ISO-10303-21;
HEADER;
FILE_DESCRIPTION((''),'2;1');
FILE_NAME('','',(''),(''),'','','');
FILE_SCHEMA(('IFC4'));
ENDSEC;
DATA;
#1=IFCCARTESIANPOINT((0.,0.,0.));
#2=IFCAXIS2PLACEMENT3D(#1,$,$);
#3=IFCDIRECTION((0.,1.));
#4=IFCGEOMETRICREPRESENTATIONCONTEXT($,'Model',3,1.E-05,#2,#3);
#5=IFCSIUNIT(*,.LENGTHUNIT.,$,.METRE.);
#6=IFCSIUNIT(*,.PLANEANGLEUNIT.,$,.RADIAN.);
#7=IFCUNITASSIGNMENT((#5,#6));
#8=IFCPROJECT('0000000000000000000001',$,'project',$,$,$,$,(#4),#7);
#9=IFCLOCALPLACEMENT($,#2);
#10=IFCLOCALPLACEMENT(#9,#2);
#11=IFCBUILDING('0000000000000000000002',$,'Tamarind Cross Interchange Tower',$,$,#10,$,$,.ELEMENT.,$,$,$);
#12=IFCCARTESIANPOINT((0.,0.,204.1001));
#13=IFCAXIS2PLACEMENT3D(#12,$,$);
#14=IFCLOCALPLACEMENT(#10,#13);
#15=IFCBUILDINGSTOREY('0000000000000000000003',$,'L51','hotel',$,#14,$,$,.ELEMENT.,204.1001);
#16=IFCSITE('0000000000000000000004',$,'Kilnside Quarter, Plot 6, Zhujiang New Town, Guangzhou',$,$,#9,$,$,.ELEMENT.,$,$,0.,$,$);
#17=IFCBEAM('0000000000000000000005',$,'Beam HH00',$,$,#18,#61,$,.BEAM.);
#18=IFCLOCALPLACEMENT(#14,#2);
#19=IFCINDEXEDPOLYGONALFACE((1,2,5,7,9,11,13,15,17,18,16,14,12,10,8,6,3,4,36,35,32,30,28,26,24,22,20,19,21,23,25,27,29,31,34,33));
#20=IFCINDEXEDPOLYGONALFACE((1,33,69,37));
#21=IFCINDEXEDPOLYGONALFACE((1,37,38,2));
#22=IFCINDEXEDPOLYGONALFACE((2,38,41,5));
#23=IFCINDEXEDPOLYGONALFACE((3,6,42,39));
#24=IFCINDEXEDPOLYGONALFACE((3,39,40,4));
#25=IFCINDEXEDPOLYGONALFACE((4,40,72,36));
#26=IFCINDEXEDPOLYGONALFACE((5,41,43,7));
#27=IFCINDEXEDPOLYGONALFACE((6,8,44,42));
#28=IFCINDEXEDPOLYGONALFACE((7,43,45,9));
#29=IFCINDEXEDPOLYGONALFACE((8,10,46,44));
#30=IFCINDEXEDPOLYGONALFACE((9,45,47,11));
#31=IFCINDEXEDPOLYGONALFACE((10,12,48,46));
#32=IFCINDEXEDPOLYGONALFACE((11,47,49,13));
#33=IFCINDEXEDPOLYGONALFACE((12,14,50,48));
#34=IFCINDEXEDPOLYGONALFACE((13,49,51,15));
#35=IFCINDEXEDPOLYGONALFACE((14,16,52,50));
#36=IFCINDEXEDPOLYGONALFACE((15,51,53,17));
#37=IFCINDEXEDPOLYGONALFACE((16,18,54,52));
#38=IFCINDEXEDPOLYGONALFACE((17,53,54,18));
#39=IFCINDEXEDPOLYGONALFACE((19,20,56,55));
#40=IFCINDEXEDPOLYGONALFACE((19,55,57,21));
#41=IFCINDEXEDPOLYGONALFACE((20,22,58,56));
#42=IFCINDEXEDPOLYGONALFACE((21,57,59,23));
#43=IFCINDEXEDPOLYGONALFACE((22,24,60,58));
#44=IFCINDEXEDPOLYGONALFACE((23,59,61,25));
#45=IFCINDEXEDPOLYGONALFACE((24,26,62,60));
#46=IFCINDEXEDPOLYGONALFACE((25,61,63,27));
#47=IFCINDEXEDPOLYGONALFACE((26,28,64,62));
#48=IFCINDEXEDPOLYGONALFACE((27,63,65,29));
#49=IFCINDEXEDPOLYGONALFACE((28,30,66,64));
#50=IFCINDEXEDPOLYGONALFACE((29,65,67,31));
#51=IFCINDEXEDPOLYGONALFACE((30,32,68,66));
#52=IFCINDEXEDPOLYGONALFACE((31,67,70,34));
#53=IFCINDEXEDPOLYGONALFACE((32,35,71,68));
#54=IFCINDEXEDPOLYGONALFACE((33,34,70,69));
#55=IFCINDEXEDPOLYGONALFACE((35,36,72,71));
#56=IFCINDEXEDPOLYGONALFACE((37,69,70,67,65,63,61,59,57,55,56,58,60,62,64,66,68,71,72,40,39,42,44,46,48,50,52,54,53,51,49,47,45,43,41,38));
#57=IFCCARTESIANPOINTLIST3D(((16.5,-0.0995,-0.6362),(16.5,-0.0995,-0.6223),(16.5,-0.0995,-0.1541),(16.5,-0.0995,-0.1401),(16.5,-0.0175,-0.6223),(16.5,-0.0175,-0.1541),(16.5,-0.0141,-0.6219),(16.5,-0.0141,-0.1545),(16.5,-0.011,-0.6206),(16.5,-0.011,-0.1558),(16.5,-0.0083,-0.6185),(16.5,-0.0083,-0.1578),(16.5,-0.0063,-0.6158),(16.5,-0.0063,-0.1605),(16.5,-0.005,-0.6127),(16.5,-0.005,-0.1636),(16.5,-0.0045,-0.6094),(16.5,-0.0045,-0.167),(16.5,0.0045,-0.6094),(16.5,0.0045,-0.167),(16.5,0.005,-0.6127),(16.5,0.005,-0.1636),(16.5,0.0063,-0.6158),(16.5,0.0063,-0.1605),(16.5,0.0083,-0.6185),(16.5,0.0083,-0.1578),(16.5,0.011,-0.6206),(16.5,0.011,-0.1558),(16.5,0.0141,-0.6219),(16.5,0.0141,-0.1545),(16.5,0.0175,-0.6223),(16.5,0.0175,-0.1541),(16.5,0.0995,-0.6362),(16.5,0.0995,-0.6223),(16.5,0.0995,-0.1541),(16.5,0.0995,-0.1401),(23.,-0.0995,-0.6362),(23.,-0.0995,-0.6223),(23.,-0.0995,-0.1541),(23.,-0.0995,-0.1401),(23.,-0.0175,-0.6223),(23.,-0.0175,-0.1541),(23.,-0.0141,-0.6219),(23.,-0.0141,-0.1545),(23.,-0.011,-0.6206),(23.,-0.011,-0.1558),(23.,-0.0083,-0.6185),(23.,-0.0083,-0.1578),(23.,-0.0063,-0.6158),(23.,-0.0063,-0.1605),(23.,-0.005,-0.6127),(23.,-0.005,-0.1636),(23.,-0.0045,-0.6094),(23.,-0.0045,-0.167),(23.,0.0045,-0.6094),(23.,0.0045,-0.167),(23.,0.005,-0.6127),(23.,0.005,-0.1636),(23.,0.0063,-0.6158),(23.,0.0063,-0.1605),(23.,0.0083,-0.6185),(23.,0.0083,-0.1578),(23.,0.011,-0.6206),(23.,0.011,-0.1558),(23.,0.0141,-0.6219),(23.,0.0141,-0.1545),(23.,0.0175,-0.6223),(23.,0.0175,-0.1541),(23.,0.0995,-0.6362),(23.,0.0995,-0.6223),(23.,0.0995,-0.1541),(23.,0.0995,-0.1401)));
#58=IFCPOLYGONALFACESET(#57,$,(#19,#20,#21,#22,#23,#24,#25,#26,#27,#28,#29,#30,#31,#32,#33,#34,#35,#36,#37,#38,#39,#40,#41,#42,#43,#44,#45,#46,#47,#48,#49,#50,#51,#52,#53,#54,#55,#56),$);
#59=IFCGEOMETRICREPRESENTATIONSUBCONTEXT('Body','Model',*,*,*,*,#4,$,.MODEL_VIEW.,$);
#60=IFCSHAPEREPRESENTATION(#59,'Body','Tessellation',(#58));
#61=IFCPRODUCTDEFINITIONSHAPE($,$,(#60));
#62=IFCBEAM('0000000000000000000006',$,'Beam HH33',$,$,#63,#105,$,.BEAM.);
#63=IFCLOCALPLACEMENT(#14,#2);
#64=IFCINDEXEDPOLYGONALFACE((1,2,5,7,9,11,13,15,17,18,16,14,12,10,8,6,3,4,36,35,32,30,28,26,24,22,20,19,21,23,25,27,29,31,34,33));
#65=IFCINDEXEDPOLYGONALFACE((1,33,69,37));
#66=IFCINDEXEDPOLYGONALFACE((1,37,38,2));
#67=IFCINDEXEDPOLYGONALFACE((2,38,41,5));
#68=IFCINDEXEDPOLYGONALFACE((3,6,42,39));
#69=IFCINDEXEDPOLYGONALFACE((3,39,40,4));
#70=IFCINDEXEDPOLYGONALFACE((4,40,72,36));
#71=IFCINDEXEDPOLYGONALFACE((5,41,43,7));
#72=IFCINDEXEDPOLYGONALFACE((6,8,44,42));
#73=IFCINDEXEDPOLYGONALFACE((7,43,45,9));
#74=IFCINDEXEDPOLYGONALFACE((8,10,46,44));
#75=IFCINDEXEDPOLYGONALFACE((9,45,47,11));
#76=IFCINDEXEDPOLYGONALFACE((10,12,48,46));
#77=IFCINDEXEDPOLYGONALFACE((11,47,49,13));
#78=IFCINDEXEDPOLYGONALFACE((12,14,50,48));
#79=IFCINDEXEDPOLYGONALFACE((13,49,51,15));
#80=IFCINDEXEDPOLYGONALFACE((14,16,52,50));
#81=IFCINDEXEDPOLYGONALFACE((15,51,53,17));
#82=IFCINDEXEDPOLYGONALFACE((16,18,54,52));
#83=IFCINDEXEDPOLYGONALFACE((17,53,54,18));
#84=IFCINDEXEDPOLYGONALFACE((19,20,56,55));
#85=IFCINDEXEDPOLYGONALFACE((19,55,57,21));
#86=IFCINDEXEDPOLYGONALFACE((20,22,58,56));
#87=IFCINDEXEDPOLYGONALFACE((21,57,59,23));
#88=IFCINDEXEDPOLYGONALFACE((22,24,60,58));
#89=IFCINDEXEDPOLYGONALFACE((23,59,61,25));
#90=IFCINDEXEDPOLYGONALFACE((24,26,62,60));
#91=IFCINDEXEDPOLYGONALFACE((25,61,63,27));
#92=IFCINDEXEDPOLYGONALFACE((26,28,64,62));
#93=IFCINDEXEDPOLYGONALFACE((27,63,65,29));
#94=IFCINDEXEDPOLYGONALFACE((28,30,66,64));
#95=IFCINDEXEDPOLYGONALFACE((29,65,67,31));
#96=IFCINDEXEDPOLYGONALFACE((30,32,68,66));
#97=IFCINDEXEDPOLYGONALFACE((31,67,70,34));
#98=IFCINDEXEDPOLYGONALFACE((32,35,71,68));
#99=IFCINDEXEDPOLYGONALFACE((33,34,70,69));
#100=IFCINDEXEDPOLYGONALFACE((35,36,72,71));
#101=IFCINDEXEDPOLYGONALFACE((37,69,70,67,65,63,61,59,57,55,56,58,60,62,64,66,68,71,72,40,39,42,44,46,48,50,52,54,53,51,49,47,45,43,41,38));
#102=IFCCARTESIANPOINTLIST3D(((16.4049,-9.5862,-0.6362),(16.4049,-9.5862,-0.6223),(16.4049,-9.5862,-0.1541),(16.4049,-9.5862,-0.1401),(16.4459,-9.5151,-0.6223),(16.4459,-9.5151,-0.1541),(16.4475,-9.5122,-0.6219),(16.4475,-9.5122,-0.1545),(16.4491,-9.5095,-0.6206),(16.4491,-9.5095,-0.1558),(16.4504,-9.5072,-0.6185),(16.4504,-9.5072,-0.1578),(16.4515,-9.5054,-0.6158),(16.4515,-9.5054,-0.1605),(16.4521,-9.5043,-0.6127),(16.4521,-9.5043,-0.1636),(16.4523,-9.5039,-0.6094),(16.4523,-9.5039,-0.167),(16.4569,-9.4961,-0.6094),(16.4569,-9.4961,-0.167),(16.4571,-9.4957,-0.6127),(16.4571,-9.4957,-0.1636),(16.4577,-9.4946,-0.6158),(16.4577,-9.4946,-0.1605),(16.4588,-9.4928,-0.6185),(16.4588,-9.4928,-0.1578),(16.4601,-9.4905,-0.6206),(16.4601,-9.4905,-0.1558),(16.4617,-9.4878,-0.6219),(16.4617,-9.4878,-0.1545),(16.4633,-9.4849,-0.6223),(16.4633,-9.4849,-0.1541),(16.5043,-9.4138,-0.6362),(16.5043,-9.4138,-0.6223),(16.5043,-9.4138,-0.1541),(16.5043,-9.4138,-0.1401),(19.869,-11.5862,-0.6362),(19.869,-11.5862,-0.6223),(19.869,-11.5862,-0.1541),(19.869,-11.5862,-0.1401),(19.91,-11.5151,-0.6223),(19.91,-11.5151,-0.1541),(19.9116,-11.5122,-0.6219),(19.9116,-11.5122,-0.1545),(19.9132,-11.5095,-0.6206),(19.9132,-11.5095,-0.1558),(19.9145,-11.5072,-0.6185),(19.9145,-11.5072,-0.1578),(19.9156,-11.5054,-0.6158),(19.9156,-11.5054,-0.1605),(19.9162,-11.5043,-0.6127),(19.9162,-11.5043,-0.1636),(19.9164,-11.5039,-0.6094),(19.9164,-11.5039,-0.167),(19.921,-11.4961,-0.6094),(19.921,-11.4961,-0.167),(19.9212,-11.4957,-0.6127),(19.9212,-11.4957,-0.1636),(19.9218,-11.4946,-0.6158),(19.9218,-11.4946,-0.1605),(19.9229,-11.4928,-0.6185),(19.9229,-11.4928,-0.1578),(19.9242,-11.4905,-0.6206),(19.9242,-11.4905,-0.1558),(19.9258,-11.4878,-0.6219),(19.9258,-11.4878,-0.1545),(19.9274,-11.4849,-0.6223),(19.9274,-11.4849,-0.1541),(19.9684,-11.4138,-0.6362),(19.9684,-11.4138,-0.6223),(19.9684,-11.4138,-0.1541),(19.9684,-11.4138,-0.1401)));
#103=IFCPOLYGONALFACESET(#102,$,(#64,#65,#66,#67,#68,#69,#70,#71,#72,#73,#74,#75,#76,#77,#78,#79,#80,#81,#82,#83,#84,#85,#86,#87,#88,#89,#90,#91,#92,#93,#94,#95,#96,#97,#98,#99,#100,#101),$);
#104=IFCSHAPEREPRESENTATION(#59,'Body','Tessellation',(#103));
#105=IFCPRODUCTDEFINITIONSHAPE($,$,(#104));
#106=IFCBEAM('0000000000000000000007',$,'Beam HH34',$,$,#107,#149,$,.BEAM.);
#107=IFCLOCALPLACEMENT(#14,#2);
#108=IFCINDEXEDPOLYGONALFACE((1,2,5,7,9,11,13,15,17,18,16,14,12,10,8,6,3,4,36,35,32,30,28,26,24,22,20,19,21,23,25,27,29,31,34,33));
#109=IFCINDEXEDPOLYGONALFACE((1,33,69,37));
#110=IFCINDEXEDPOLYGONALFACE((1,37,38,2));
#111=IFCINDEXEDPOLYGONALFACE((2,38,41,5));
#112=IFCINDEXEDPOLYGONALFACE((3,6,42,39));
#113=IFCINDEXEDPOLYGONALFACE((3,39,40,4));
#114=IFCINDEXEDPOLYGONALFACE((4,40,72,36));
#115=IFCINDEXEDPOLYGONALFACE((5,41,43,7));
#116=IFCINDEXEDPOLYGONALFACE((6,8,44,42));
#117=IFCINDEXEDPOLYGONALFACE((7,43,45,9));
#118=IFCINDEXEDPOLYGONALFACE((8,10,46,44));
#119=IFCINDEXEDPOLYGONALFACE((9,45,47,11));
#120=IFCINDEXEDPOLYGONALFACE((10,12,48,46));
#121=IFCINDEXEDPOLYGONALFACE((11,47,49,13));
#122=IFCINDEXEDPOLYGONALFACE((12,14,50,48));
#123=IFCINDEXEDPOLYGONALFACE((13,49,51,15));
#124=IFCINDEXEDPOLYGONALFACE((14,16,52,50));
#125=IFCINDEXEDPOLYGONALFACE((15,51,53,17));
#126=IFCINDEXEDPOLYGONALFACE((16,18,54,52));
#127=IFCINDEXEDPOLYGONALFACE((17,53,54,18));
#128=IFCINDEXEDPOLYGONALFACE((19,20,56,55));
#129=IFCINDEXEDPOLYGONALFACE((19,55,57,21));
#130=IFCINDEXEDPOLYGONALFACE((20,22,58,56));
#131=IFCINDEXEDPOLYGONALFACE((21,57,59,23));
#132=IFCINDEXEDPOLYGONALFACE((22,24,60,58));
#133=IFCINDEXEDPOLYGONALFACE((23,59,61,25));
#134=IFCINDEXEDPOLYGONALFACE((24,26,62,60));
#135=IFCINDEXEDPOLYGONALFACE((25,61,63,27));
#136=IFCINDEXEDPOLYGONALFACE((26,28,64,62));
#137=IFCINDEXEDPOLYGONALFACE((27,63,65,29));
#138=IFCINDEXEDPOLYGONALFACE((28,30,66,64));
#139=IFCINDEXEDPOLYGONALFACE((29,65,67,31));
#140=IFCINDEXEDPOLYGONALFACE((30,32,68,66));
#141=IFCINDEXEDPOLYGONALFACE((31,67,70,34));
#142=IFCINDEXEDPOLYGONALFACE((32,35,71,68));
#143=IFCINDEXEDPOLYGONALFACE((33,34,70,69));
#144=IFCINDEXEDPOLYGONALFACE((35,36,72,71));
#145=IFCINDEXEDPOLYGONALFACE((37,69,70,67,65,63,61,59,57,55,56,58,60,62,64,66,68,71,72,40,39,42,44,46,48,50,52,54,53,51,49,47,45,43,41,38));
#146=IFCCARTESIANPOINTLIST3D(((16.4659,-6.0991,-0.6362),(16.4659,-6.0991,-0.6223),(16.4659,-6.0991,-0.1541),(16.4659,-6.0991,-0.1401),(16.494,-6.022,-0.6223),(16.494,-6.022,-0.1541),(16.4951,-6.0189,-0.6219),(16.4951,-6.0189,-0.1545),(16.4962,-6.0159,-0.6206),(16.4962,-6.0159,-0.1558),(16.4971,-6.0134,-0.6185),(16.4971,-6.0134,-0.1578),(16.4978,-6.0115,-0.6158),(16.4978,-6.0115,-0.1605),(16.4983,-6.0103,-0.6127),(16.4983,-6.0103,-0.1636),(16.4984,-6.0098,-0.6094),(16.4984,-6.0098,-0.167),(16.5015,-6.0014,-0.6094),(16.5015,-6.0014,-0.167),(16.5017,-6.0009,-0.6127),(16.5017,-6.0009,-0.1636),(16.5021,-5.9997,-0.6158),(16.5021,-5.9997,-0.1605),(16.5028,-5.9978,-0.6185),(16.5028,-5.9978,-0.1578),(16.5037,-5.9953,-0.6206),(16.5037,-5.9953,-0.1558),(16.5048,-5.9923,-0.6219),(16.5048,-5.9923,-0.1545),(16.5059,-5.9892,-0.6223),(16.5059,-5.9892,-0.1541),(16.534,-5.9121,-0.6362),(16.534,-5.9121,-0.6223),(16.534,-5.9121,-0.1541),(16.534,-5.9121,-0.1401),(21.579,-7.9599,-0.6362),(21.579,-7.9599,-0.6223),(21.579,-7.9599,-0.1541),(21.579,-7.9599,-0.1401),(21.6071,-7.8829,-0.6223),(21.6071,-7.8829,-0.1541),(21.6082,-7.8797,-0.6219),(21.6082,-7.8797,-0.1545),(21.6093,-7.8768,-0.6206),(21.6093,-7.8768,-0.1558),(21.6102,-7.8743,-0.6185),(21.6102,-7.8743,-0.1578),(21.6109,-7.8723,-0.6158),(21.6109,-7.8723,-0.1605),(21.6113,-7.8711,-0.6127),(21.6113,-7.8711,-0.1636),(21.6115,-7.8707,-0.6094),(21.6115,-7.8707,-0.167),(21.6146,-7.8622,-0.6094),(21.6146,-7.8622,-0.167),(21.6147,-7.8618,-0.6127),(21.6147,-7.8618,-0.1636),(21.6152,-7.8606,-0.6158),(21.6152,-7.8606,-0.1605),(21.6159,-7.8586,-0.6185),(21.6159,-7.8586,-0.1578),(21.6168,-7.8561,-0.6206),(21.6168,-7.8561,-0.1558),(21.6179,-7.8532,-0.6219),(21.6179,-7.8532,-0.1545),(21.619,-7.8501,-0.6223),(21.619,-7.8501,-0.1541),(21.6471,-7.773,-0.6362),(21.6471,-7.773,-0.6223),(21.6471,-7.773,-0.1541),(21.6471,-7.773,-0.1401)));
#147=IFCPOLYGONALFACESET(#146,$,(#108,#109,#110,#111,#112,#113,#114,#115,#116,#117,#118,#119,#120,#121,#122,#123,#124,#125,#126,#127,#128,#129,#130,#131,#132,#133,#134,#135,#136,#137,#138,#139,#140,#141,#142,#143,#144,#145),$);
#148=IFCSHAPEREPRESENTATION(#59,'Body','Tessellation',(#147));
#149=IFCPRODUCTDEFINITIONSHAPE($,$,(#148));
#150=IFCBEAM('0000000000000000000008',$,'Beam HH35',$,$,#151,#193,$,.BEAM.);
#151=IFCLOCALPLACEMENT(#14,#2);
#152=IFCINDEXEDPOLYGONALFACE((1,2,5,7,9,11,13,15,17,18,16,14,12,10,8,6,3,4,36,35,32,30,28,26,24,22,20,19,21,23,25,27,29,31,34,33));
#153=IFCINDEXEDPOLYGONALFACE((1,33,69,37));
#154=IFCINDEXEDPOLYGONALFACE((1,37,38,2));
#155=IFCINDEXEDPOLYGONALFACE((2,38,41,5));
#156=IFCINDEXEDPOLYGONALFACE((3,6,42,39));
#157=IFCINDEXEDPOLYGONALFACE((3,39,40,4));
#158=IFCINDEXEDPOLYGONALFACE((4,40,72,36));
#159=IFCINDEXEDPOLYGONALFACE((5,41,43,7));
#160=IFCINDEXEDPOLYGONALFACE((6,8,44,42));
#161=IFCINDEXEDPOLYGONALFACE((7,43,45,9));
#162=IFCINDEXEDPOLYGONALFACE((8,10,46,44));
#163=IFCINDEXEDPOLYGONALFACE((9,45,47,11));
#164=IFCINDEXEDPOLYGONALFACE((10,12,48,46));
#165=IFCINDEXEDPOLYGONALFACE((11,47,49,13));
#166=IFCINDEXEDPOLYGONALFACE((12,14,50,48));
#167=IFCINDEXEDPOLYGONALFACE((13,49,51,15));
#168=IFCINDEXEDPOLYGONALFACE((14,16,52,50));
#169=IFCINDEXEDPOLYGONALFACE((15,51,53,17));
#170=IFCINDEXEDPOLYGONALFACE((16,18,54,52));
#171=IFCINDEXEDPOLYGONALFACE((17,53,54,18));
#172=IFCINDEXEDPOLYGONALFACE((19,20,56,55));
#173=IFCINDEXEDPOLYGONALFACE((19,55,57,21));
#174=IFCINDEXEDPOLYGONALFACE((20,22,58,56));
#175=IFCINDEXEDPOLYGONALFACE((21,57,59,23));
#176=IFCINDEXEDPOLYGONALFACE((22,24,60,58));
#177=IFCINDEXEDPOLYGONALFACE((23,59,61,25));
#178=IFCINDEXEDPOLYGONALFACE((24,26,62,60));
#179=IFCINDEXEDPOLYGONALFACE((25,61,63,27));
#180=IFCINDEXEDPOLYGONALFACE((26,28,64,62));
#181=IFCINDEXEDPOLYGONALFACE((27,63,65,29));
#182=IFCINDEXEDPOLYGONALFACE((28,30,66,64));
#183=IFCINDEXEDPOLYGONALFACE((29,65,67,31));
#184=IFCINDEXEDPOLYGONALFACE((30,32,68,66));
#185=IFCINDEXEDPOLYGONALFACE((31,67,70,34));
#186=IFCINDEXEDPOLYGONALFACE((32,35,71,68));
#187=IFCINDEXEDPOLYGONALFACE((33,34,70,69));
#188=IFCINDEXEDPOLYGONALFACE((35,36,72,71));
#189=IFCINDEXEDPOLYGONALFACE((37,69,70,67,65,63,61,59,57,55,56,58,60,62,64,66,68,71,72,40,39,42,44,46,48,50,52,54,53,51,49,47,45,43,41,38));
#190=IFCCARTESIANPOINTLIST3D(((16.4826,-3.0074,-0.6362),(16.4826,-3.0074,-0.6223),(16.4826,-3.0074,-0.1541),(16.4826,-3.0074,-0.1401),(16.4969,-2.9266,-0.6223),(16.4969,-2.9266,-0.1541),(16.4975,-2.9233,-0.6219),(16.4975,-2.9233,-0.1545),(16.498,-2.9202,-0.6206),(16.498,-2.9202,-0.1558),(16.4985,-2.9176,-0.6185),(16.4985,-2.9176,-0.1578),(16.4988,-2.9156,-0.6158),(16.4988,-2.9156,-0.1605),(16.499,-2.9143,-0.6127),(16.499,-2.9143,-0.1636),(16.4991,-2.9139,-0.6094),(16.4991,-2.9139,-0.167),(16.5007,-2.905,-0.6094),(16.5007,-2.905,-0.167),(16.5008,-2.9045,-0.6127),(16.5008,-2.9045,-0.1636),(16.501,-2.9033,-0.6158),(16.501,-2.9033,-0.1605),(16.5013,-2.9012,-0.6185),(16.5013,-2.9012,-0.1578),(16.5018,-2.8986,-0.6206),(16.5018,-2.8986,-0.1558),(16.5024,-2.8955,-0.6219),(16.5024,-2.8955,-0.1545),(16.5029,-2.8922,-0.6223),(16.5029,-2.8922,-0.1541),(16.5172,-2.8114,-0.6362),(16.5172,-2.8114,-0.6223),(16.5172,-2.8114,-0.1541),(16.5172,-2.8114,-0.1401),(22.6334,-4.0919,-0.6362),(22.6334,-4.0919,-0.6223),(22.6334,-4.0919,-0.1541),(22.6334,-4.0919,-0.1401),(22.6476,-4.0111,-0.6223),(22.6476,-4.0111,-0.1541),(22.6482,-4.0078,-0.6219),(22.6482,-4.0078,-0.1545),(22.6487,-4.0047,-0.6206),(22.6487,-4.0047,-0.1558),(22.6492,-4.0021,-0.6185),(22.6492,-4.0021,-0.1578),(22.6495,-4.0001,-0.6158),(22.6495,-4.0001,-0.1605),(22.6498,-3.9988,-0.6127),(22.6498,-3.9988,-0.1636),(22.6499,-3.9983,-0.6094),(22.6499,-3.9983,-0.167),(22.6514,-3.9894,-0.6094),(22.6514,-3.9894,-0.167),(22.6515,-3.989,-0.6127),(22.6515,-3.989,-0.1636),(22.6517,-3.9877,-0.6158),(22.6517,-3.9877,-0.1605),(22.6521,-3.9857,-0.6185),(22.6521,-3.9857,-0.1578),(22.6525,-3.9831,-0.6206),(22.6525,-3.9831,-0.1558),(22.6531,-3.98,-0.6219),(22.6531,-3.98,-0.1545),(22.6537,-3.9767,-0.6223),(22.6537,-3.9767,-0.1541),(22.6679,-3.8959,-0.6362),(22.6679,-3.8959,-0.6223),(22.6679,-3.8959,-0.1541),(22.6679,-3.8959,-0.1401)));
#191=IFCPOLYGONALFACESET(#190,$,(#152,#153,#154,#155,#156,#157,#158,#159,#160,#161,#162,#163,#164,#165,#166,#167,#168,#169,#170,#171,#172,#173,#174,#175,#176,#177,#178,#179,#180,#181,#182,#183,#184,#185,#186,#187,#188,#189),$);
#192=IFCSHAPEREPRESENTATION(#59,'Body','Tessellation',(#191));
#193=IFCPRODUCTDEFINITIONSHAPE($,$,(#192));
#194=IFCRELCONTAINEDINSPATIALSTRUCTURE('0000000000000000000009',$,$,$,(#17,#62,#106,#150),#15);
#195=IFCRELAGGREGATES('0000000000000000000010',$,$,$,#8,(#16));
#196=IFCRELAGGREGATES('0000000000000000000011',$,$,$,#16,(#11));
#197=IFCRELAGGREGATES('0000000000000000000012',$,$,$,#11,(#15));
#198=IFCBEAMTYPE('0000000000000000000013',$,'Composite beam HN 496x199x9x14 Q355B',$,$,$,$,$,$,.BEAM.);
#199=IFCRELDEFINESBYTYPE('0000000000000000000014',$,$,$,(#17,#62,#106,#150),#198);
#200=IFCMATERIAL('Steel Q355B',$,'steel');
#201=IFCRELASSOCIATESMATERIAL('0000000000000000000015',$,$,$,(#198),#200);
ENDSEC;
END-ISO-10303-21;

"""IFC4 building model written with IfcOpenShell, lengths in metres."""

from ifc_helpers import new_model, si_unit, direction, frame, origin, origin_2d, place, context, subcontext, project, spatial, i_section, extrude, material, material_profile, profile_set, type_object, element, save


model = new_model("IFC4")

# Units and contexts
model_context = context("Model", 3, precision=1e-05, world=origin(), true_north=direction((0.0, 1.0)))
body_context = subcontext(model_context, "Body", "Model", "MODEL_VIEW")
ifc_project = project(units=[si_unit("LENGTHUNIT", "METRE"), si_unit("PLANEANGLEUNIT", "RADIAN")], contexts=[model_context])

# Site, building, storey
site_placement = place(None, origin())
site = spatial("IfcSite", under=ifc_project, at=site_placement, Name="Kilnside Quarter, Plot 6, Zhujiang New Town, Guangzhou", CompositionType="ELEMENT", RefElevation=0.0)
building_placement = place(site_placement, origin())
building = spatial("IfcBuilding", under=site, at=building_placement, Name="Tamarind Cross Interchange Tower", CompositionType="ELEMENT")
storey_placement = place(building_placement, frame((0.0, 0.0, 204.1001)))
storey = spatial("IfcBuildingStorey", under=building, at=storey_placement, Name="L51", Description="hotel", CompositionType="ELEMENT", Elevation=204.1001)

# Beams
ifc_material_1 = material(Name="Steel Q355B", Category="steel")
ifc_material_profile_1 = material_profile(ifc_material_1, i_section(OverallWidth=0.199, OverallDepth=0.4961, WebThickness=0.009, FlangeThickness=0.0139, FilletRadius=0.0129, at=origin_2d()), Name="HN 496x199x9x14")
ifc_profile_set_1 = profile_set([ifc_material_profile_1], Name="Steel Q355B")
beam_type = type_object("IfcBeamType", Name="Composite beam HN 496x199x9x14 Q355B", PredefinedType="BEAM", material=ifc_profile_set_1)
beam_1_placement = place(storey_placement, frame((23.0, 0.0, -0.3882), z_axis=(-1.0, 0.0, 0.0), x_axis=(0.0, -1.0, 0.0)))
element("IfcBeam", 1, at=beam_1_placement, inside=storey, type_object=beam_type, Name="Beam HH00", PredefinedType="BEAM", context=body_context, shape_type="SweptSolid", body=[
    extrude(i_section(OverallWidth=0.199, OverallDepth=0.4961, WebThickness=0.009, FlangeThickness=0.0139, FilletRadius=0.0129, at=origin_2d()), origin(), (0.0, 0.0, 1.0), 6.5),
])
beam_2_placement = place(storey_placement, frame((19.9187, -11.5, -0.3882), z_axis=(-0.866026, 0.499999, 0.0), x_axis=(-0.499999, -0.866026, 0.0)))
element("IfcBeam", 2, at=beam_2_placement, inside=storey, type_object=beam_type, Name="Beam HH33", PredefinedType="BEAM", context=body_context, shape_type="SweptSolid", body=[
    extrude(i_section(OverallWidth=0.199, OverallDepth=0.4961, WebThickness=0.009, FlangeThickness=0.0139, FilletRadius=0.0129, at=origin_2d()), origin(), (0.0, 0.0, 1.0), 4.0),
])
beam_3_placement = place(storey_placement, frame((21.613, -7.8665, -0.3882), z_axis=(-0.939702, 0.341995, 0.0), x_axis=(-0.341995, -0.939702, 0.0)))
element("IfcBeam", 3, at=beam_3_placement, inside=storey, type_object=beam_type, Name="Beam HH34", PredefinedType="BEAM", context=body_context, shape_type="SweptSolid", body=[
    extrude(i_section(OverallWidth=0.199, OverallDepth=0.4961, WebThickness=0.009, FlangeThickness=0.0139, FilletRadius=0.0129, at=origin_2d()), origin(), (0.0, 0.0, 1.0), 5.4412),
])
beam_4_placement = place(storey_placement, frame((22.6506, -3.9939, -0.3882), z_axis=(-0.984809, 0.17364, 0.0), x_axis=(-0.17364, -0.984809, 0.0)))
element("IfcBeam", 4, at=beam_4_placement, inside=storey, type_object=beam_type, Name="Beam HH35", PredefinedType="BEAM", context=body_context, shape_type="SweptSolid", body=[
    extrude(i_section(OverallWidth=0.199, OverallDepth=0.4961, WebThickness=0.009, FlangeThickness=0.0139, FilletRadius=0.0129, at=origin_2d()), origin(), (0.0, 0.0, 1.0), 6.2456),
])

save(model, "model.ifc")
